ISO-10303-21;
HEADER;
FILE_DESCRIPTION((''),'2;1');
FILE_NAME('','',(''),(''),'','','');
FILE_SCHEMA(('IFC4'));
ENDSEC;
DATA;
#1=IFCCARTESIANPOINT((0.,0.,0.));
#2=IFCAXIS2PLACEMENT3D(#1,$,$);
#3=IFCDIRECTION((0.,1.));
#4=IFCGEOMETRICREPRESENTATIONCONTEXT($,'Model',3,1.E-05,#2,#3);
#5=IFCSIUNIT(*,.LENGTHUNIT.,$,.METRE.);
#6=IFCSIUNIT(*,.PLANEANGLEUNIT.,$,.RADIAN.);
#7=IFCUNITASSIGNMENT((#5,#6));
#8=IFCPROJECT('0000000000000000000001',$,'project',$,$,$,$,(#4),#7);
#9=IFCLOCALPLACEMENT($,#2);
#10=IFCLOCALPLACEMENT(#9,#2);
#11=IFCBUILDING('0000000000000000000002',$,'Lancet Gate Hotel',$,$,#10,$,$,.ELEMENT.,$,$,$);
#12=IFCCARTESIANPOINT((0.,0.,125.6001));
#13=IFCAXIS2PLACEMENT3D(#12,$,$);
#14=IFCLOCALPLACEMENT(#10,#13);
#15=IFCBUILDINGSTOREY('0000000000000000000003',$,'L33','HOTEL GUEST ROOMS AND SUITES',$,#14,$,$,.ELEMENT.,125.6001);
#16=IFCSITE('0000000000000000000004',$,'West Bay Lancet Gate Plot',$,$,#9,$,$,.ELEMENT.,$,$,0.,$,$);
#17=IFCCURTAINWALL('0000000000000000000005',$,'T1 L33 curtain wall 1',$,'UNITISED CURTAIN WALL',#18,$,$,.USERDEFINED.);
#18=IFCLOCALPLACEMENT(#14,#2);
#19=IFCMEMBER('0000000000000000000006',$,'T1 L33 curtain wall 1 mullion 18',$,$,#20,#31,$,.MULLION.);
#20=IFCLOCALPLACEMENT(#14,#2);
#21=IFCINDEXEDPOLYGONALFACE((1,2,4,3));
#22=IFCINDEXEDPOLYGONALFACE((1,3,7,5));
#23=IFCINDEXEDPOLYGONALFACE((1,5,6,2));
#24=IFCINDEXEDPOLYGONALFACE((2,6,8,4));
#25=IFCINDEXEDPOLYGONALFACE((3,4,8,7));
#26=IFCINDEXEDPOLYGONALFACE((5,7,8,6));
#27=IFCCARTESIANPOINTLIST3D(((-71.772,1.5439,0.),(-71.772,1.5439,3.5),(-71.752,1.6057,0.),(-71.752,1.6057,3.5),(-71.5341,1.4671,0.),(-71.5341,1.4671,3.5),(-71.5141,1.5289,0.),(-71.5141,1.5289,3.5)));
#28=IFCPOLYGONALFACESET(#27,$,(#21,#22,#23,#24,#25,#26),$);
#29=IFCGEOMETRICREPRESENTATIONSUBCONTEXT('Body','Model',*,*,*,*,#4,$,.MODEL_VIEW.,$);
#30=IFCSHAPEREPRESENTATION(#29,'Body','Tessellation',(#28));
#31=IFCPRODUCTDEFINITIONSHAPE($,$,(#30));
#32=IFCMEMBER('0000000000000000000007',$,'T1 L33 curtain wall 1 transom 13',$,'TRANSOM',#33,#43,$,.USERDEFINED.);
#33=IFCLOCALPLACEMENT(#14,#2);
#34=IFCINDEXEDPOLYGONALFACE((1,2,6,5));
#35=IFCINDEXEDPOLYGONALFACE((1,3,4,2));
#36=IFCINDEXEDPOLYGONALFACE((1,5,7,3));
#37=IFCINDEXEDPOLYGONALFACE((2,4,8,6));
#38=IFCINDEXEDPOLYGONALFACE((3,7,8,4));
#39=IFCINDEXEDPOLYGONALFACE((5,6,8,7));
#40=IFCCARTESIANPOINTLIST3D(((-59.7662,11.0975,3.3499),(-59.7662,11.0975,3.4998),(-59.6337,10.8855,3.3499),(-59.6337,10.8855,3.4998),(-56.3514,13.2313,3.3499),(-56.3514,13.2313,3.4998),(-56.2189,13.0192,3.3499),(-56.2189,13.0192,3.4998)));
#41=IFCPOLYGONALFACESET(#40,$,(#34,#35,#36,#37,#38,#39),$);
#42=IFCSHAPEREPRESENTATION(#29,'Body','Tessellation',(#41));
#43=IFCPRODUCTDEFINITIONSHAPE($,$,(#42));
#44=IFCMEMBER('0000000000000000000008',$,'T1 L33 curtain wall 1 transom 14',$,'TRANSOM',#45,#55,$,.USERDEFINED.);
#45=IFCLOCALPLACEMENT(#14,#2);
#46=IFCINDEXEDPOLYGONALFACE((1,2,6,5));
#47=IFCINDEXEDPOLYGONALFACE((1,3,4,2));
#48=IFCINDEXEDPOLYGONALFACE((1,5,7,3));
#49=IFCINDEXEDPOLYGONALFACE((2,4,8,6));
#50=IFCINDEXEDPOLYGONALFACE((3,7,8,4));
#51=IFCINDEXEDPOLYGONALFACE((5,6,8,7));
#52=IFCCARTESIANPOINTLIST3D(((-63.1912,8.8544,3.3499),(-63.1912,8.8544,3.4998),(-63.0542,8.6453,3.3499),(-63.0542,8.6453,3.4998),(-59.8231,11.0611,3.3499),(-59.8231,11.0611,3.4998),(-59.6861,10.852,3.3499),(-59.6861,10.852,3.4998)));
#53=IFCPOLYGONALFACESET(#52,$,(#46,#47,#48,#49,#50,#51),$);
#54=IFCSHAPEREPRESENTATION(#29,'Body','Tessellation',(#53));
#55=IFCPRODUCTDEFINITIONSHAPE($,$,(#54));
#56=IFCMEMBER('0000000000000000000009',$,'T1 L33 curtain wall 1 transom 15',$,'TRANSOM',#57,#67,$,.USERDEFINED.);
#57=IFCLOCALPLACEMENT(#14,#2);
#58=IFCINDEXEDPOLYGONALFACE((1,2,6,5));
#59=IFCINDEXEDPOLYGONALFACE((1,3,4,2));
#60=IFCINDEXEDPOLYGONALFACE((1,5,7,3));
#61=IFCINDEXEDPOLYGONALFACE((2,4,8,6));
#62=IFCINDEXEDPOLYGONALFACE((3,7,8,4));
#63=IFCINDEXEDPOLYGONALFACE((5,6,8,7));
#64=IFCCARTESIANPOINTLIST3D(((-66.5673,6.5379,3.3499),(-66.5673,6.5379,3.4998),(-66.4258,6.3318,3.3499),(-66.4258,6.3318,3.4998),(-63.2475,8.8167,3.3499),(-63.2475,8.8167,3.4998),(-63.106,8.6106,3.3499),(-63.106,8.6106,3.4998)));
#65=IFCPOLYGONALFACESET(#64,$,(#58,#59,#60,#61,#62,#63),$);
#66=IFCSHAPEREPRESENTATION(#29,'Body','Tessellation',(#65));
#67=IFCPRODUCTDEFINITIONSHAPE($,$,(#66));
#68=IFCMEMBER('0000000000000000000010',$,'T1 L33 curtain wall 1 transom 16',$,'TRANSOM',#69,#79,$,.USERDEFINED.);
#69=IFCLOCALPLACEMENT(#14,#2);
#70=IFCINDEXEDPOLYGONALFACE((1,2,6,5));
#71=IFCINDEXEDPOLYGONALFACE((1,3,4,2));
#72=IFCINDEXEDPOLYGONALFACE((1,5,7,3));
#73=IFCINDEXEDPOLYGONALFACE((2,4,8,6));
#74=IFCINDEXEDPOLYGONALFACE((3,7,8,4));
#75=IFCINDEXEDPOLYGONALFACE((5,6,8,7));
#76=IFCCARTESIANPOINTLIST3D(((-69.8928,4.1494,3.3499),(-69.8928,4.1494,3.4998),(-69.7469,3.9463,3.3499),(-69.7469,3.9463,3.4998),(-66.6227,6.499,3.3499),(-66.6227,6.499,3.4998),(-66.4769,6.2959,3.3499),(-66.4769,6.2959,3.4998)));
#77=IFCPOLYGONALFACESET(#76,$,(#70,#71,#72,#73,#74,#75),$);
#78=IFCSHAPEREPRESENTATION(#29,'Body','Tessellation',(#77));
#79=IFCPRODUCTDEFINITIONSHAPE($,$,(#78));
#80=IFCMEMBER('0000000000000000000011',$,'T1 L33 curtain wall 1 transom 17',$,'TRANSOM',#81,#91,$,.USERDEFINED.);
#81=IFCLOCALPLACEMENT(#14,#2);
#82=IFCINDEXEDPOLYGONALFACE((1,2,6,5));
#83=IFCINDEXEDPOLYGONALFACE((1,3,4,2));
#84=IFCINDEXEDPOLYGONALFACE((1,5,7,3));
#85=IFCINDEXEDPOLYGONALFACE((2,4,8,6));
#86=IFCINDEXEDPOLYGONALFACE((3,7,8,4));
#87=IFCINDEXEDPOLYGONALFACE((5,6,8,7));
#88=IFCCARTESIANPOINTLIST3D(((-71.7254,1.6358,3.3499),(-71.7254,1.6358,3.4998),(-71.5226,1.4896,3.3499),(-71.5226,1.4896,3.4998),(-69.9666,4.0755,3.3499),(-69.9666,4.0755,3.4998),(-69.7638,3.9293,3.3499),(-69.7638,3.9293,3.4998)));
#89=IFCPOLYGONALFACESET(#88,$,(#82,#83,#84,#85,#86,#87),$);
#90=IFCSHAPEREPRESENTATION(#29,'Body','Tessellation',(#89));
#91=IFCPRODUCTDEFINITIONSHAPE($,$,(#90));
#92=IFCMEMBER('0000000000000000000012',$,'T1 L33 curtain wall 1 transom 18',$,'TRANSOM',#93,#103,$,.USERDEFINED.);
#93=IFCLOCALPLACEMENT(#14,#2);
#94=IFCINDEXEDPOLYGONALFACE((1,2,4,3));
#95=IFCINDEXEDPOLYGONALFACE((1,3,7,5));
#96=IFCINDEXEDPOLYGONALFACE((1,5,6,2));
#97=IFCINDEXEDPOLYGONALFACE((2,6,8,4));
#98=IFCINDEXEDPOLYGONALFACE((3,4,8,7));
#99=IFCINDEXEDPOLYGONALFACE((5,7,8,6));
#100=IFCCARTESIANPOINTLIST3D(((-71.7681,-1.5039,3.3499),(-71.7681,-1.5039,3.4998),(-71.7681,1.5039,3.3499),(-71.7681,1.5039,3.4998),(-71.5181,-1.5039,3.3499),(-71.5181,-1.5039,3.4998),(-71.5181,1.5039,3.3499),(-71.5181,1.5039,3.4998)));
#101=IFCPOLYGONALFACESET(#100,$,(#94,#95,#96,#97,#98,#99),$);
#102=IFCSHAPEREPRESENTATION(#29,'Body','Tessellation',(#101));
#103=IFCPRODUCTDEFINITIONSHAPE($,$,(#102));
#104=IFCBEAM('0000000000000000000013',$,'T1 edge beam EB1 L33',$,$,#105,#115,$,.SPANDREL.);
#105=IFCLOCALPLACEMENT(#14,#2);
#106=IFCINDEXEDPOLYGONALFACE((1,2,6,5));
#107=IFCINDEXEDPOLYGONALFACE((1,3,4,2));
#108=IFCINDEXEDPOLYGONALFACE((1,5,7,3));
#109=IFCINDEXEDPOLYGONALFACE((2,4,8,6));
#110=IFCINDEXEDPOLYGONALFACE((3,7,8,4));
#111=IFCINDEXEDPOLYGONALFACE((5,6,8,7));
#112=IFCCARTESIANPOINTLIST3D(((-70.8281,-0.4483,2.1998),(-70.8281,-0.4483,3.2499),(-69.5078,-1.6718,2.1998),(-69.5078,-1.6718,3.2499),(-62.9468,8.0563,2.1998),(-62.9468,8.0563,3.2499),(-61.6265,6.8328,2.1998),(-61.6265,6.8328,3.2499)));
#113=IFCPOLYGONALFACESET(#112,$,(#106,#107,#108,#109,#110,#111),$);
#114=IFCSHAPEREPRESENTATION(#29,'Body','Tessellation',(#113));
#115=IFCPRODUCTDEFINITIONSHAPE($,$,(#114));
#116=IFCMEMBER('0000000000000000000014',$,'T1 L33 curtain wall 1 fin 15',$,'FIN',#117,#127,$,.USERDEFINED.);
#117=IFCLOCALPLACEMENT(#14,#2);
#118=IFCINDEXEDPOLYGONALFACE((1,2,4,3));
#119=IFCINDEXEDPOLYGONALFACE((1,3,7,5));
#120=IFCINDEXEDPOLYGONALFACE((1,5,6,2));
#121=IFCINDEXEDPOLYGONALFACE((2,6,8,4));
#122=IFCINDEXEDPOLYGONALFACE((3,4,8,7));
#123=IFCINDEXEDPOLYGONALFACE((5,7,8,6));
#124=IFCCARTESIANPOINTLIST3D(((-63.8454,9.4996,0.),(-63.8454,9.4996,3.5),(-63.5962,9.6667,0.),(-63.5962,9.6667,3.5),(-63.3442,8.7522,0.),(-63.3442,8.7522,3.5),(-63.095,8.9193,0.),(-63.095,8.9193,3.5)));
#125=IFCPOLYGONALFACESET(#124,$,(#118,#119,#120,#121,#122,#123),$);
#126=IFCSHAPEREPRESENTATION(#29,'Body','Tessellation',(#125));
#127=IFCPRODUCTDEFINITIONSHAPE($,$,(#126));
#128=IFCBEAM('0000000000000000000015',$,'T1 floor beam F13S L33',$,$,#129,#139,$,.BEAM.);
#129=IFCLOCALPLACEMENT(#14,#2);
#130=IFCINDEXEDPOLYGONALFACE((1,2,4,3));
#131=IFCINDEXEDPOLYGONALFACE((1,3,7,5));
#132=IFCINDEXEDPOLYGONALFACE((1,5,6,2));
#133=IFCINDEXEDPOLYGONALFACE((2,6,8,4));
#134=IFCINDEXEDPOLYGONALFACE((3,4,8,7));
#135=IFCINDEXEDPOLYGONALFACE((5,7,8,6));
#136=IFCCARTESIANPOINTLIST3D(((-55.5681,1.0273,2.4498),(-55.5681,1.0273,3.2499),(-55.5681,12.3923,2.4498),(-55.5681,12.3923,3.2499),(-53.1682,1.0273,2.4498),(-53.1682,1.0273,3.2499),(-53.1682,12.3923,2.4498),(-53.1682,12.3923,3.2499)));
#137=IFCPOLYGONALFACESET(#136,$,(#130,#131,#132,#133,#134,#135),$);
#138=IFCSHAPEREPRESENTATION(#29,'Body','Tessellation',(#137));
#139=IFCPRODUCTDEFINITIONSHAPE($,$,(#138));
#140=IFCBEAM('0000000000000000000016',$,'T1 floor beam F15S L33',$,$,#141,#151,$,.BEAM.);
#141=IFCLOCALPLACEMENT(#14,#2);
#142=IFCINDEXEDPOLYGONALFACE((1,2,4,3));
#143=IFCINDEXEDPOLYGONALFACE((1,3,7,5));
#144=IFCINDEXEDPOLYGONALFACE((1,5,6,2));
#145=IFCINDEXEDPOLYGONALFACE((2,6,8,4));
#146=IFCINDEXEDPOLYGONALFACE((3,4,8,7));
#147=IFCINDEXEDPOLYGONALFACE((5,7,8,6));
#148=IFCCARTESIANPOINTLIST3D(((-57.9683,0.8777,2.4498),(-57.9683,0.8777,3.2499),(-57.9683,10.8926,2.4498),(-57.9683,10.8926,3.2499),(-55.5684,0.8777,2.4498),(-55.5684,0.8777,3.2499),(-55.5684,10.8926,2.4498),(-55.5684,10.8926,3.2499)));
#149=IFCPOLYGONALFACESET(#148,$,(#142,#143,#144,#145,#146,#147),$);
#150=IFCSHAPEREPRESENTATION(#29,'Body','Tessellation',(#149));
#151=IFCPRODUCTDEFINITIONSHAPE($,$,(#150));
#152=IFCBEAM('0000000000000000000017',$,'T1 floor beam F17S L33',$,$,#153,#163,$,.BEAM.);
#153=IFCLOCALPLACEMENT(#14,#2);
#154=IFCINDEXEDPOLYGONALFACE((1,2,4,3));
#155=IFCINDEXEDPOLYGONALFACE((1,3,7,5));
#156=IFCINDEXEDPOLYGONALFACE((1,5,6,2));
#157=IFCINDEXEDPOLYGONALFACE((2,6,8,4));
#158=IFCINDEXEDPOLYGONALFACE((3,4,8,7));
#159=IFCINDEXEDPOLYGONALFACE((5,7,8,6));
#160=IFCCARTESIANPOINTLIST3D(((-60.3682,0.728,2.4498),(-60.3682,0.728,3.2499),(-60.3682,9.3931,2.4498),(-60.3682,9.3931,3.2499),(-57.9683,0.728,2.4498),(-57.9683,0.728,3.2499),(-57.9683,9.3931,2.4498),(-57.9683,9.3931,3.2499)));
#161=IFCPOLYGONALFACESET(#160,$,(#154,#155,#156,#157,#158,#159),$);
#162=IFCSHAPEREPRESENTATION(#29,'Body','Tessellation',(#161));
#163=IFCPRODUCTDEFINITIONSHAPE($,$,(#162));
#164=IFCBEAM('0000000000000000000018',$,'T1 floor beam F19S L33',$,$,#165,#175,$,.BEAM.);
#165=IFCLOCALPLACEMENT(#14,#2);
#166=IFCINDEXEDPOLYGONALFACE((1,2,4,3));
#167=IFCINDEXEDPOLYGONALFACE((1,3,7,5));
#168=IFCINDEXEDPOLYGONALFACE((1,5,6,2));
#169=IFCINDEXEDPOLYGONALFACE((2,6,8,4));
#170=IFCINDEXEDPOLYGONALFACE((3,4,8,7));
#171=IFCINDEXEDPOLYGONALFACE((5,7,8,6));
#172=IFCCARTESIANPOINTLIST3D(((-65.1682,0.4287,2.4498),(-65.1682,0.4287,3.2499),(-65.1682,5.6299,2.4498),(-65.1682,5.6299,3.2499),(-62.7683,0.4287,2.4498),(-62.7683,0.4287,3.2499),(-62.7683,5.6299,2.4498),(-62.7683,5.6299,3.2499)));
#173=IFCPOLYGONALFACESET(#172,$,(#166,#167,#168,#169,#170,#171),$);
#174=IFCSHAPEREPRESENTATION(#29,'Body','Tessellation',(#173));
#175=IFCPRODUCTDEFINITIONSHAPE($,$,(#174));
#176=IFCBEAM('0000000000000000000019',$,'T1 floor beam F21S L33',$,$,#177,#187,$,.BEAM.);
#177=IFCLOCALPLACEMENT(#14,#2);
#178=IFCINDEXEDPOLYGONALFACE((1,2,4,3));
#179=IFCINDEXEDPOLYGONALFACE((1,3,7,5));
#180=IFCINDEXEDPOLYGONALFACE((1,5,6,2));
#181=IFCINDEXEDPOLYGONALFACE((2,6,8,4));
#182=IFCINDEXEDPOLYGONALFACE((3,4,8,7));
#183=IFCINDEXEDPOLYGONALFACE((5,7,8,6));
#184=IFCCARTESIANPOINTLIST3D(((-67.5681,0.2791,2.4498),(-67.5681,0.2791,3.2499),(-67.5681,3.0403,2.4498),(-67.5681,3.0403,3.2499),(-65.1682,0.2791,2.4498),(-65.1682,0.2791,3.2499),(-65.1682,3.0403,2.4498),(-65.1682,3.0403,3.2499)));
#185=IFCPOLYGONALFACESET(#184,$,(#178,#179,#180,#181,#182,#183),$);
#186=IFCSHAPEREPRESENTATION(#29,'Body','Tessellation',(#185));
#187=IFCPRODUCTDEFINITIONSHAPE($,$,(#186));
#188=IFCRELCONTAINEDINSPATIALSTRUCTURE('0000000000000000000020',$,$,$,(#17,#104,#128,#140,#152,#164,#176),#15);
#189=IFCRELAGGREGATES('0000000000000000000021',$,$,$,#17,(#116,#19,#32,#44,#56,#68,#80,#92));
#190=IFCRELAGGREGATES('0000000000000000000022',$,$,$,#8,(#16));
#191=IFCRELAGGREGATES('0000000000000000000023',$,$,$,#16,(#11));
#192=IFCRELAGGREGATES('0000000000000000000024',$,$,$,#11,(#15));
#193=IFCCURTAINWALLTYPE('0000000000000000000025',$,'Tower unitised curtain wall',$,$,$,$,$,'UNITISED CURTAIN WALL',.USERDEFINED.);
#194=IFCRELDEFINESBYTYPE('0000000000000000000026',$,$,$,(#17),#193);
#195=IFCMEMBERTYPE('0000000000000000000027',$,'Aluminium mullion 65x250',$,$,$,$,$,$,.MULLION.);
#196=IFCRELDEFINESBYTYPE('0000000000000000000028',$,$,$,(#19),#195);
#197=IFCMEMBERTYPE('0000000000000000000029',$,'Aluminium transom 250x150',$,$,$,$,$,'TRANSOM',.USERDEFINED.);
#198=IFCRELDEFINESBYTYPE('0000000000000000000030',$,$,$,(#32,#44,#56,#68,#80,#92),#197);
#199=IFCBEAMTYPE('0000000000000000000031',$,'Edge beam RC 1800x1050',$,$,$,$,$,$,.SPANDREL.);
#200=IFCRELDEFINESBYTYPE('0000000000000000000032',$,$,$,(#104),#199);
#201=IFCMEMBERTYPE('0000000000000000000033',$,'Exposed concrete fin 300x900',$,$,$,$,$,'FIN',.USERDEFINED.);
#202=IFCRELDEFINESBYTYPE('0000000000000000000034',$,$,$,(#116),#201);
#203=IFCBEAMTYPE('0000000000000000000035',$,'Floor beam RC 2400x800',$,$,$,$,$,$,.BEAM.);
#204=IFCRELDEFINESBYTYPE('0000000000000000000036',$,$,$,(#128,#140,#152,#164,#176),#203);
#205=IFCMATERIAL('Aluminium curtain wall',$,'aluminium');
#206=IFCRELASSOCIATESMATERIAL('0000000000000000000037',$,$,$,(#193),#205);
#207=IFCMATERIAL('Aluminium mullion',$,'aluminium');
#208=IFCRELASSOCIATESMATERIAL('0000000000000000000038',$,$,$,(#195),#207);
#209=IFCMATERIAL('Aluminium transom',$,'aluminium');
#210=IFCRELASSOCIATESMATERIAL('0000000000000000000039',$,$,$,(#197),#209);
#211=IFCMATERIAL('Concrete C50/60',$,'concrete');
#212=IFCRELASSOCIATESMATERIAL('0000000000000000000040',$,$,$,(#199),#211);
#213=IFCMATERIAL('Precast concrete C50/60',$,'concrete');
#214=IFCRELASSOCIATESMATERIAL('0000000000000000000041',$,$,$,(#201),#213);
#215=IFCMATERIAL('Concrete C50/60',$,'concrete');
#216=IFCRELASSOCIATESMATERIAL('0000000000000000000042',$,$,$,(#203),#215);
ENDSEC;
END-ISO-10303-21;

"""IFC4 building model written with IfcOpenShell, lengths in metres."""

from ifc_helpers import new_model, si_unit, direction, frame, origin, origin_2d, place, context, subcontext, project, spatial, rectangle, extrude, material, material_profile, profile_set, type_object, element, aggregate, save


model = new_model("IFC4")

# Units and contexts
model_context = context("Model", 3, precision=1e-05, world=origin(), true_north=direction((0.0, 1.0)))
body_context = subcontext(model_context, "Body", "Model", "MODEL_VIEW")
ifc_project = project(units=[si_unit("LENGTHUNIT", "METRE"), si_unit("PLANEANGLEUNIT", "RADIAN")], contexts=[model_context])

# Site, building, storey
site_placement = place(None, origin())
site = spatial("IfcSite", under=ifc_project, at=site_placement, Name="West Bay Lancet Gate Plot", CompositionType="ELEMENT", RefElevation=0.0)
building_placement = place(site_placement, origin())
building = spatial("IfcBuilding", under=site, at=building_placement, Name="Lancet Gate Hotel", CompositionType="ELEMENT")
storey_placement = place(building_placement, frame((0.0, 0.0, 125.6001)))
storey = spatial("IfcBuildingStorey", under=building, at=storey_placement, Name="L33", Description="HOTEL GUEST ROOMS AND SUITES", CompositionType="ELEMENT", Elevation=125.6001)

# Curtain wall, members
ifc_material_1 = material(Name="Aluminium curtain wall", Category="aluminium")
curtain_wall_type = type_object("IfcCurtainWallType", Name="Tower unitised curtain wall", ElementType="UNITISED CURTAIN WALL", PredefinedType="USERDEFINED", material=ifc_material_1)
curtain_wall_placement = place(storey_placement, origin())
curtain_wall = element("IfcCurtainWall", 1, at=curtain_wall_placement, inside=storey, type_object=curtain_wall_type, Name="T1 L33 curtain wall 1", ObjectType="UNITISED CURTAIN WALL", PredefinedType="USERDEFINED")
ifc_material_2 = material(Name="Aluminium mullion", Category="aluminium")
ifc_material_profile_1 = material_profile(ifc_material_2, rectangle(XDim=0.0649, YDim=0.25, at=origin_2d()), Name="MULLION 65x250")
ifc_profile_set_1 = profile_set([ifc_material_profile_1], Name="Aluminium mullion")
member_type_1 = type_object("IfcMemberType", Name="Aluminium mullion 65x250", PredefinedType="MULLION", material=ifc_profile_set_1)
member_1_placement = place(storey_placement, frame((-71.6431, 1.5364, 0.0), z_axis=(0.0, 0.0, 1.0), x_axis=(-0.307269, -0.951623, 0.0)))
member_1 = element("IfcMember", 2, at=member_1_placement, type_object=member_type_1, Name="T1 L33 curtain wall 1 mullion 18", PredefinedType="MULLION", context=body_context, shape_type="SweptSolid", body=[
    extrude(rectangle(XDim=0.0649, YDim=0.25, at=origin_2d()), origin(), (0.0, 0.0, 1.0), 3.5),
])
ifc_material_3 = material(Name="Aluminium transom", Category="aluminium")
ifc_material_profile_2 = material_profile(ifc_material_3, rectangle(XDim=0.25, YDim=0.1499, at=origin_2d()), Name="TRANSOM 250x150")
ifc_profile_set_2 = profile_set([ifc_material_profile_2], Name="Aluminium transom")
member_type_2 = type_object("IfcMemberType", Name="Aluminium transom 250x150", ElementType="TRANSOM", PredefinedType="USERDEFINED", material=ifc_profile_set_2)
member_2_placement = place(storey_placement, frame((-56.2852, 13.1252, 3.4248), z_axis=(-0.848049, -0.529917, 0.0), x_axis=(0.529917, -0.848049, 0.0)))
member_2 = element("IfcMember", 3, at=member_2_placement, type_object=member_type_2, Name="T1 L33 curtain wall 1 transom 13", ObjectType="TRANSOM", PredefinedType="USERDEFINED", context=body_context, shape_type="SweptSolid", body=[
    extrude(rectangle(XDim=0.25, YDim=0.1499, at=origin_2d()), origin(), (0.0, 0.0, 1.0), 4.0266),
])
member_3_placement = place(storey_placement, frame((-59.7546, 10.9565, 3.4248), z_axis=(-0.836454, -0.548036, 0.0), x_axis=(0.548036, -0.836454, 0.0)))
member_3 = element("IfcMember", 4, at=member_3_placement, type_object=member_type_2, Name="T1 L33 curtain wall 1 transom 14", ObjectType="TRANSOM", PredefinedType="USERDEFINED", context=body_context, shape_type="SweptSolid", body=[
    extrude(rectangle(XDim=0.25, YDim=0.1499, at=origin_2d()), origin(), (0.0, 0.0, 1.0), 4.0266),
])
member_4_placement = place(storey_placement, frame((-63.1768, 8.7136, 3.4248), z_axis=(-0.824456, -0.565927, 0.0), x_axis=(0.565927, -0.824456, 0.0)))
member_4 = element("IfcMember", 5, at=member_4_placement, type_object=member_type_2, Name="T1 L33 curtain wall 1 transom 15", ObjectType="TRANSOM", PredefinedType="USERDEFINED", context=body_context, shape_type="SweptSolid", body=[
    extrude(rectangle(XDim=0.25, YDim=0.1499, at=origin_2d()), origin(), (0.0, 0.0, 1.0), 4.0266),
])
member_5_placement = place(storey_placement, frame((-66.5498, 6.3975, 3.4248), z_axis=(-0.8121, -0.583519, 0.0), x_axis=(0.583519, -0.8121, 0.0)))
member_5 = element("IfcMember", 6, at=member_5_placement, type_object=member_type_2, Name="T1 L33 curtain wall 1 transom 16", ObjectType="TRANSOM", PredefinedType="USERDEFINED", context=body_context, shape_type="SweptSolid", body=[
    extrude(rectangle(XDim=0.25, YDim=0.1499, at=origin_2d()), origin(), (0.0, 0.0, 1.0), 4.0266),
])
member_6_placement = place(storey_placement, frame((-69.8652, 4.0024, 3.4248), z_axis=(-0.584788, -0.811186, 0.0), x_axis=(0.811186, -0.584788, 0.0)))
member_6 = element("IfcMember", 7, at=member_6_placement, type_object=member_type_2, Name="T1 L33 curtain wall 1 transom 17", ObjectType="TRANSOM", PredefinedType="USERDEFINED", context=body_context, shape_type="SweptSolid", body=[
    extrude(rectangle(XDim=0.25, YDim=0.1499, at=origin_2d()), origin(), (0.0, 0.0, 1.0), 3.0076),
])
member_7_placement = place(storey_placement, frame((-71.6431, 1.5039, 3.4248), z_axis=(0.0, -1.0, 0.0), x_axis=(1.0, 0.0, 0.0)))
member_7 = element("IfcMember", 8, at=member_7_placement, type_object=member_type_2, Name="T1 L33 curtain wall 1 transom 18", ObjectType="TRANSOM", PredefinedType="USERDEFINED", context=body_context, shape_type="SweptSolid", body=[
    extrude(rectangle(XDim=0.25, YDim=0.1499, at=origin_2d()), origin(), (0.0, 0.0, 1.0), 3.0078),
])

# Beam
ifc_material_4 = material(Name="Concrete C50/60", Category="concrete")
ifc_material_profile_3 = material_profile(ifc_material_4, rectangle(XDim=1.8, YDim=1.05, at=origin_2d()), Name="RC 1800x1050")
ifc_profile_set_3 = profile_set([ifc_material_profile_3], Name="Concrete C50/60")
beam_type_1 = type_object("IfcBeamType", Name="Edge beam RC 1800x1050", PredefinedType="SPANDREL", material=ifc_profile_set_3)
beam_1_placement = place(storey_placement, frame((-62.2866, 7.4446, 2.7249), z_axis=(-0.679718, -0.733473, 0.0), x_axis=(0.733473, -0.679718, 0.0)))
element("IfcBeam", 9, at=beam_1_placement, inside=storey, type_object=beam_type_1, Name="T1 edge beam EB1 L33", PredefinedType="SPANDREL", context=body_context, shape_type="SweptSolid", body=[
    extrude(rectangle(XDim=1.8, YDim=1.05, at=origin_2d()), origin(), (0.0, 0.0, 1.0), 11.595),
])

# Member
ifc_material_5 = material(Name="Precast concrete C50/60", Category="concrete")
ifc_material_profile_4 = material_profile(ifc_material_5, rectangle(XDim=0.3, YDim=0.8999, at=origin_2d()), Name="FIN 300x900")
ifc_profile_set_4 = profile_set([ifc_material_profile_4], Name="Precast concrete C50/60")
member_type_3 = type_object("IfcMemberType", Name="Exposed concrete fin 300x900", ElementType="FIN", PredefinedType="USERDEFINED", material=ifc_profile_set_4)
member_8_placement = place(storey_placement, frame((-63.4702, 9.2095, 0.0), z_axis=(0.0, 0.0, 1.0), x_axis=(-0.83051, -0.557004, 0.0)))
member_8 = element("IfcMember", 10, at=member_8_placement, type_object=member_type_3, Name="T1 L33 curtain wall 1 fin 15", ObjectType="FIN", PredefinedType="USERDEFINED", context=body_context, shape_type="SweptSolid", body=[
    extrude(rectangle(XDim=0.3, YDim=0.8999, at=origin_2d()), origin(), (0.0, 0.0, 1.0), 3.5),
])

# Beams
ifc_material_6 = material(Name="Concrete C50/60", Category="concrete")
ifc_material_profile_5 = material_profile(ifc_material_6, rectangle(XDim=2.3999, YDim=0.8, at=origin_2d()), Name="RC 2400x800")
ifc_profile_set_5 = profile_set([ifc_material_profile_5], Name="Concrete C50/60")
beam_type_2 = type_object("IfcBeamType", Name="Floor beam RC 2400x800", PredefinedType="BEAM", material=ifc_profile_set_5)
beam_2_placement = place(storey_placement, frame((-54.3682, 12.3923, 2.8499), z_axis=(0.0, -1.0, 0.0), x_axis=(1.0, 0.0, 0.0)))
element("IfcBeam", 11, at=beam_2_placement, inside=storey, type_object=beam_type_2, Name="T1 floor beam F13S L33", PredefinedType="BEAM", context=body_context, shape_type="SweptSolid", body=[
    extrude(rectangle(XDim=2.3999, YDim=0.8, at=origin_2d()), origin(), (0.0, 0.0, 1.0), 11.365),
])
beam_3_placement = place(storey_placement, frame((-56.7683, 10.8926, 2.8499), z_axis=(0.0, -1.0, 0.0), x_axis=(1.0, 0.0, 0.0)))
element("IfcBeam", 12, at=beam_3_placement, inside=storey, type_object=beam_type_2, Name="T1 floor beam F15S L33", PredefinedType="BEAM", context=body_context, shape_type="SweptSolid", body=[
    extrude(rectangle(XDim=2.3999, YDim=0.8, at=origin_2d()), origin(), (0.0, 0.0, 1.0), 10.0149),
])
beam_4_placement = place(storey_placement, frame((-59.1682, 9.3931, 2.8499), z_axis=(0.0, -1.0, 0.0), x_axis=(1.0, 0.0, 0.0)))
element("IfcBeam", 13, at=beam_4_placement, inside=storey, type_object=beam_type_2, Name="T1 floor beam F17S L33", PredefinedType="BEAM", context=body_context, shape_type="SweptSolid", body=[
    extrude(rectangle(XDim=2.3999, YDim=0.8, at=origin_2d()), origin(), (0.0, 0.0, 1.0), 8.665),
])
beam_5_placement = place(storey_placement, frame((-63.9683, 5.6299, 2.8499), z_axis=(0.0, -1.0, 0.0), x_axis=(1.0, 0.0, 0.0)))
element("IfcBeam", 14, at=beam_5_placement, inside=storey, type_object=beam_type_2, Name="T1 floor beam F19S L33", PredefinedType="BEAM", context=body_context, shape_type="SweptSolid", body=[
    extrude(rectangle(XDim=2.3999, YDim=0.8, at=origin_2d()), origin(), (0.0, 0.0, 1.0), 5.2012),
])
beam_6_placement = place(storey_placement, frame((-66.3682, 3.0403, 2.8499), z_axis=(0.0, -1.0, 0.0), x_axis=(1.0, 0.0, 0.0)))
element("IfcBeam", 15, at=beam_6_placement, inside=storey, type_object=beam_type_2, Name="T1 floor beam F21S L33", PredefinedType="BEAM", context=body_context, shape_type="SweptSolid", body=[
    extrude(rectangle(XDim=2.3999, YDim=0.8, at=origin_2d()), origin(), (0.0, 0.0, 1.0), 2.7612),
])

aggregate(curtain_wall, [member_8, member_1, member_2, member_3, member_4, member_5, member_6, member_7])

save(model, "model.ifc")
